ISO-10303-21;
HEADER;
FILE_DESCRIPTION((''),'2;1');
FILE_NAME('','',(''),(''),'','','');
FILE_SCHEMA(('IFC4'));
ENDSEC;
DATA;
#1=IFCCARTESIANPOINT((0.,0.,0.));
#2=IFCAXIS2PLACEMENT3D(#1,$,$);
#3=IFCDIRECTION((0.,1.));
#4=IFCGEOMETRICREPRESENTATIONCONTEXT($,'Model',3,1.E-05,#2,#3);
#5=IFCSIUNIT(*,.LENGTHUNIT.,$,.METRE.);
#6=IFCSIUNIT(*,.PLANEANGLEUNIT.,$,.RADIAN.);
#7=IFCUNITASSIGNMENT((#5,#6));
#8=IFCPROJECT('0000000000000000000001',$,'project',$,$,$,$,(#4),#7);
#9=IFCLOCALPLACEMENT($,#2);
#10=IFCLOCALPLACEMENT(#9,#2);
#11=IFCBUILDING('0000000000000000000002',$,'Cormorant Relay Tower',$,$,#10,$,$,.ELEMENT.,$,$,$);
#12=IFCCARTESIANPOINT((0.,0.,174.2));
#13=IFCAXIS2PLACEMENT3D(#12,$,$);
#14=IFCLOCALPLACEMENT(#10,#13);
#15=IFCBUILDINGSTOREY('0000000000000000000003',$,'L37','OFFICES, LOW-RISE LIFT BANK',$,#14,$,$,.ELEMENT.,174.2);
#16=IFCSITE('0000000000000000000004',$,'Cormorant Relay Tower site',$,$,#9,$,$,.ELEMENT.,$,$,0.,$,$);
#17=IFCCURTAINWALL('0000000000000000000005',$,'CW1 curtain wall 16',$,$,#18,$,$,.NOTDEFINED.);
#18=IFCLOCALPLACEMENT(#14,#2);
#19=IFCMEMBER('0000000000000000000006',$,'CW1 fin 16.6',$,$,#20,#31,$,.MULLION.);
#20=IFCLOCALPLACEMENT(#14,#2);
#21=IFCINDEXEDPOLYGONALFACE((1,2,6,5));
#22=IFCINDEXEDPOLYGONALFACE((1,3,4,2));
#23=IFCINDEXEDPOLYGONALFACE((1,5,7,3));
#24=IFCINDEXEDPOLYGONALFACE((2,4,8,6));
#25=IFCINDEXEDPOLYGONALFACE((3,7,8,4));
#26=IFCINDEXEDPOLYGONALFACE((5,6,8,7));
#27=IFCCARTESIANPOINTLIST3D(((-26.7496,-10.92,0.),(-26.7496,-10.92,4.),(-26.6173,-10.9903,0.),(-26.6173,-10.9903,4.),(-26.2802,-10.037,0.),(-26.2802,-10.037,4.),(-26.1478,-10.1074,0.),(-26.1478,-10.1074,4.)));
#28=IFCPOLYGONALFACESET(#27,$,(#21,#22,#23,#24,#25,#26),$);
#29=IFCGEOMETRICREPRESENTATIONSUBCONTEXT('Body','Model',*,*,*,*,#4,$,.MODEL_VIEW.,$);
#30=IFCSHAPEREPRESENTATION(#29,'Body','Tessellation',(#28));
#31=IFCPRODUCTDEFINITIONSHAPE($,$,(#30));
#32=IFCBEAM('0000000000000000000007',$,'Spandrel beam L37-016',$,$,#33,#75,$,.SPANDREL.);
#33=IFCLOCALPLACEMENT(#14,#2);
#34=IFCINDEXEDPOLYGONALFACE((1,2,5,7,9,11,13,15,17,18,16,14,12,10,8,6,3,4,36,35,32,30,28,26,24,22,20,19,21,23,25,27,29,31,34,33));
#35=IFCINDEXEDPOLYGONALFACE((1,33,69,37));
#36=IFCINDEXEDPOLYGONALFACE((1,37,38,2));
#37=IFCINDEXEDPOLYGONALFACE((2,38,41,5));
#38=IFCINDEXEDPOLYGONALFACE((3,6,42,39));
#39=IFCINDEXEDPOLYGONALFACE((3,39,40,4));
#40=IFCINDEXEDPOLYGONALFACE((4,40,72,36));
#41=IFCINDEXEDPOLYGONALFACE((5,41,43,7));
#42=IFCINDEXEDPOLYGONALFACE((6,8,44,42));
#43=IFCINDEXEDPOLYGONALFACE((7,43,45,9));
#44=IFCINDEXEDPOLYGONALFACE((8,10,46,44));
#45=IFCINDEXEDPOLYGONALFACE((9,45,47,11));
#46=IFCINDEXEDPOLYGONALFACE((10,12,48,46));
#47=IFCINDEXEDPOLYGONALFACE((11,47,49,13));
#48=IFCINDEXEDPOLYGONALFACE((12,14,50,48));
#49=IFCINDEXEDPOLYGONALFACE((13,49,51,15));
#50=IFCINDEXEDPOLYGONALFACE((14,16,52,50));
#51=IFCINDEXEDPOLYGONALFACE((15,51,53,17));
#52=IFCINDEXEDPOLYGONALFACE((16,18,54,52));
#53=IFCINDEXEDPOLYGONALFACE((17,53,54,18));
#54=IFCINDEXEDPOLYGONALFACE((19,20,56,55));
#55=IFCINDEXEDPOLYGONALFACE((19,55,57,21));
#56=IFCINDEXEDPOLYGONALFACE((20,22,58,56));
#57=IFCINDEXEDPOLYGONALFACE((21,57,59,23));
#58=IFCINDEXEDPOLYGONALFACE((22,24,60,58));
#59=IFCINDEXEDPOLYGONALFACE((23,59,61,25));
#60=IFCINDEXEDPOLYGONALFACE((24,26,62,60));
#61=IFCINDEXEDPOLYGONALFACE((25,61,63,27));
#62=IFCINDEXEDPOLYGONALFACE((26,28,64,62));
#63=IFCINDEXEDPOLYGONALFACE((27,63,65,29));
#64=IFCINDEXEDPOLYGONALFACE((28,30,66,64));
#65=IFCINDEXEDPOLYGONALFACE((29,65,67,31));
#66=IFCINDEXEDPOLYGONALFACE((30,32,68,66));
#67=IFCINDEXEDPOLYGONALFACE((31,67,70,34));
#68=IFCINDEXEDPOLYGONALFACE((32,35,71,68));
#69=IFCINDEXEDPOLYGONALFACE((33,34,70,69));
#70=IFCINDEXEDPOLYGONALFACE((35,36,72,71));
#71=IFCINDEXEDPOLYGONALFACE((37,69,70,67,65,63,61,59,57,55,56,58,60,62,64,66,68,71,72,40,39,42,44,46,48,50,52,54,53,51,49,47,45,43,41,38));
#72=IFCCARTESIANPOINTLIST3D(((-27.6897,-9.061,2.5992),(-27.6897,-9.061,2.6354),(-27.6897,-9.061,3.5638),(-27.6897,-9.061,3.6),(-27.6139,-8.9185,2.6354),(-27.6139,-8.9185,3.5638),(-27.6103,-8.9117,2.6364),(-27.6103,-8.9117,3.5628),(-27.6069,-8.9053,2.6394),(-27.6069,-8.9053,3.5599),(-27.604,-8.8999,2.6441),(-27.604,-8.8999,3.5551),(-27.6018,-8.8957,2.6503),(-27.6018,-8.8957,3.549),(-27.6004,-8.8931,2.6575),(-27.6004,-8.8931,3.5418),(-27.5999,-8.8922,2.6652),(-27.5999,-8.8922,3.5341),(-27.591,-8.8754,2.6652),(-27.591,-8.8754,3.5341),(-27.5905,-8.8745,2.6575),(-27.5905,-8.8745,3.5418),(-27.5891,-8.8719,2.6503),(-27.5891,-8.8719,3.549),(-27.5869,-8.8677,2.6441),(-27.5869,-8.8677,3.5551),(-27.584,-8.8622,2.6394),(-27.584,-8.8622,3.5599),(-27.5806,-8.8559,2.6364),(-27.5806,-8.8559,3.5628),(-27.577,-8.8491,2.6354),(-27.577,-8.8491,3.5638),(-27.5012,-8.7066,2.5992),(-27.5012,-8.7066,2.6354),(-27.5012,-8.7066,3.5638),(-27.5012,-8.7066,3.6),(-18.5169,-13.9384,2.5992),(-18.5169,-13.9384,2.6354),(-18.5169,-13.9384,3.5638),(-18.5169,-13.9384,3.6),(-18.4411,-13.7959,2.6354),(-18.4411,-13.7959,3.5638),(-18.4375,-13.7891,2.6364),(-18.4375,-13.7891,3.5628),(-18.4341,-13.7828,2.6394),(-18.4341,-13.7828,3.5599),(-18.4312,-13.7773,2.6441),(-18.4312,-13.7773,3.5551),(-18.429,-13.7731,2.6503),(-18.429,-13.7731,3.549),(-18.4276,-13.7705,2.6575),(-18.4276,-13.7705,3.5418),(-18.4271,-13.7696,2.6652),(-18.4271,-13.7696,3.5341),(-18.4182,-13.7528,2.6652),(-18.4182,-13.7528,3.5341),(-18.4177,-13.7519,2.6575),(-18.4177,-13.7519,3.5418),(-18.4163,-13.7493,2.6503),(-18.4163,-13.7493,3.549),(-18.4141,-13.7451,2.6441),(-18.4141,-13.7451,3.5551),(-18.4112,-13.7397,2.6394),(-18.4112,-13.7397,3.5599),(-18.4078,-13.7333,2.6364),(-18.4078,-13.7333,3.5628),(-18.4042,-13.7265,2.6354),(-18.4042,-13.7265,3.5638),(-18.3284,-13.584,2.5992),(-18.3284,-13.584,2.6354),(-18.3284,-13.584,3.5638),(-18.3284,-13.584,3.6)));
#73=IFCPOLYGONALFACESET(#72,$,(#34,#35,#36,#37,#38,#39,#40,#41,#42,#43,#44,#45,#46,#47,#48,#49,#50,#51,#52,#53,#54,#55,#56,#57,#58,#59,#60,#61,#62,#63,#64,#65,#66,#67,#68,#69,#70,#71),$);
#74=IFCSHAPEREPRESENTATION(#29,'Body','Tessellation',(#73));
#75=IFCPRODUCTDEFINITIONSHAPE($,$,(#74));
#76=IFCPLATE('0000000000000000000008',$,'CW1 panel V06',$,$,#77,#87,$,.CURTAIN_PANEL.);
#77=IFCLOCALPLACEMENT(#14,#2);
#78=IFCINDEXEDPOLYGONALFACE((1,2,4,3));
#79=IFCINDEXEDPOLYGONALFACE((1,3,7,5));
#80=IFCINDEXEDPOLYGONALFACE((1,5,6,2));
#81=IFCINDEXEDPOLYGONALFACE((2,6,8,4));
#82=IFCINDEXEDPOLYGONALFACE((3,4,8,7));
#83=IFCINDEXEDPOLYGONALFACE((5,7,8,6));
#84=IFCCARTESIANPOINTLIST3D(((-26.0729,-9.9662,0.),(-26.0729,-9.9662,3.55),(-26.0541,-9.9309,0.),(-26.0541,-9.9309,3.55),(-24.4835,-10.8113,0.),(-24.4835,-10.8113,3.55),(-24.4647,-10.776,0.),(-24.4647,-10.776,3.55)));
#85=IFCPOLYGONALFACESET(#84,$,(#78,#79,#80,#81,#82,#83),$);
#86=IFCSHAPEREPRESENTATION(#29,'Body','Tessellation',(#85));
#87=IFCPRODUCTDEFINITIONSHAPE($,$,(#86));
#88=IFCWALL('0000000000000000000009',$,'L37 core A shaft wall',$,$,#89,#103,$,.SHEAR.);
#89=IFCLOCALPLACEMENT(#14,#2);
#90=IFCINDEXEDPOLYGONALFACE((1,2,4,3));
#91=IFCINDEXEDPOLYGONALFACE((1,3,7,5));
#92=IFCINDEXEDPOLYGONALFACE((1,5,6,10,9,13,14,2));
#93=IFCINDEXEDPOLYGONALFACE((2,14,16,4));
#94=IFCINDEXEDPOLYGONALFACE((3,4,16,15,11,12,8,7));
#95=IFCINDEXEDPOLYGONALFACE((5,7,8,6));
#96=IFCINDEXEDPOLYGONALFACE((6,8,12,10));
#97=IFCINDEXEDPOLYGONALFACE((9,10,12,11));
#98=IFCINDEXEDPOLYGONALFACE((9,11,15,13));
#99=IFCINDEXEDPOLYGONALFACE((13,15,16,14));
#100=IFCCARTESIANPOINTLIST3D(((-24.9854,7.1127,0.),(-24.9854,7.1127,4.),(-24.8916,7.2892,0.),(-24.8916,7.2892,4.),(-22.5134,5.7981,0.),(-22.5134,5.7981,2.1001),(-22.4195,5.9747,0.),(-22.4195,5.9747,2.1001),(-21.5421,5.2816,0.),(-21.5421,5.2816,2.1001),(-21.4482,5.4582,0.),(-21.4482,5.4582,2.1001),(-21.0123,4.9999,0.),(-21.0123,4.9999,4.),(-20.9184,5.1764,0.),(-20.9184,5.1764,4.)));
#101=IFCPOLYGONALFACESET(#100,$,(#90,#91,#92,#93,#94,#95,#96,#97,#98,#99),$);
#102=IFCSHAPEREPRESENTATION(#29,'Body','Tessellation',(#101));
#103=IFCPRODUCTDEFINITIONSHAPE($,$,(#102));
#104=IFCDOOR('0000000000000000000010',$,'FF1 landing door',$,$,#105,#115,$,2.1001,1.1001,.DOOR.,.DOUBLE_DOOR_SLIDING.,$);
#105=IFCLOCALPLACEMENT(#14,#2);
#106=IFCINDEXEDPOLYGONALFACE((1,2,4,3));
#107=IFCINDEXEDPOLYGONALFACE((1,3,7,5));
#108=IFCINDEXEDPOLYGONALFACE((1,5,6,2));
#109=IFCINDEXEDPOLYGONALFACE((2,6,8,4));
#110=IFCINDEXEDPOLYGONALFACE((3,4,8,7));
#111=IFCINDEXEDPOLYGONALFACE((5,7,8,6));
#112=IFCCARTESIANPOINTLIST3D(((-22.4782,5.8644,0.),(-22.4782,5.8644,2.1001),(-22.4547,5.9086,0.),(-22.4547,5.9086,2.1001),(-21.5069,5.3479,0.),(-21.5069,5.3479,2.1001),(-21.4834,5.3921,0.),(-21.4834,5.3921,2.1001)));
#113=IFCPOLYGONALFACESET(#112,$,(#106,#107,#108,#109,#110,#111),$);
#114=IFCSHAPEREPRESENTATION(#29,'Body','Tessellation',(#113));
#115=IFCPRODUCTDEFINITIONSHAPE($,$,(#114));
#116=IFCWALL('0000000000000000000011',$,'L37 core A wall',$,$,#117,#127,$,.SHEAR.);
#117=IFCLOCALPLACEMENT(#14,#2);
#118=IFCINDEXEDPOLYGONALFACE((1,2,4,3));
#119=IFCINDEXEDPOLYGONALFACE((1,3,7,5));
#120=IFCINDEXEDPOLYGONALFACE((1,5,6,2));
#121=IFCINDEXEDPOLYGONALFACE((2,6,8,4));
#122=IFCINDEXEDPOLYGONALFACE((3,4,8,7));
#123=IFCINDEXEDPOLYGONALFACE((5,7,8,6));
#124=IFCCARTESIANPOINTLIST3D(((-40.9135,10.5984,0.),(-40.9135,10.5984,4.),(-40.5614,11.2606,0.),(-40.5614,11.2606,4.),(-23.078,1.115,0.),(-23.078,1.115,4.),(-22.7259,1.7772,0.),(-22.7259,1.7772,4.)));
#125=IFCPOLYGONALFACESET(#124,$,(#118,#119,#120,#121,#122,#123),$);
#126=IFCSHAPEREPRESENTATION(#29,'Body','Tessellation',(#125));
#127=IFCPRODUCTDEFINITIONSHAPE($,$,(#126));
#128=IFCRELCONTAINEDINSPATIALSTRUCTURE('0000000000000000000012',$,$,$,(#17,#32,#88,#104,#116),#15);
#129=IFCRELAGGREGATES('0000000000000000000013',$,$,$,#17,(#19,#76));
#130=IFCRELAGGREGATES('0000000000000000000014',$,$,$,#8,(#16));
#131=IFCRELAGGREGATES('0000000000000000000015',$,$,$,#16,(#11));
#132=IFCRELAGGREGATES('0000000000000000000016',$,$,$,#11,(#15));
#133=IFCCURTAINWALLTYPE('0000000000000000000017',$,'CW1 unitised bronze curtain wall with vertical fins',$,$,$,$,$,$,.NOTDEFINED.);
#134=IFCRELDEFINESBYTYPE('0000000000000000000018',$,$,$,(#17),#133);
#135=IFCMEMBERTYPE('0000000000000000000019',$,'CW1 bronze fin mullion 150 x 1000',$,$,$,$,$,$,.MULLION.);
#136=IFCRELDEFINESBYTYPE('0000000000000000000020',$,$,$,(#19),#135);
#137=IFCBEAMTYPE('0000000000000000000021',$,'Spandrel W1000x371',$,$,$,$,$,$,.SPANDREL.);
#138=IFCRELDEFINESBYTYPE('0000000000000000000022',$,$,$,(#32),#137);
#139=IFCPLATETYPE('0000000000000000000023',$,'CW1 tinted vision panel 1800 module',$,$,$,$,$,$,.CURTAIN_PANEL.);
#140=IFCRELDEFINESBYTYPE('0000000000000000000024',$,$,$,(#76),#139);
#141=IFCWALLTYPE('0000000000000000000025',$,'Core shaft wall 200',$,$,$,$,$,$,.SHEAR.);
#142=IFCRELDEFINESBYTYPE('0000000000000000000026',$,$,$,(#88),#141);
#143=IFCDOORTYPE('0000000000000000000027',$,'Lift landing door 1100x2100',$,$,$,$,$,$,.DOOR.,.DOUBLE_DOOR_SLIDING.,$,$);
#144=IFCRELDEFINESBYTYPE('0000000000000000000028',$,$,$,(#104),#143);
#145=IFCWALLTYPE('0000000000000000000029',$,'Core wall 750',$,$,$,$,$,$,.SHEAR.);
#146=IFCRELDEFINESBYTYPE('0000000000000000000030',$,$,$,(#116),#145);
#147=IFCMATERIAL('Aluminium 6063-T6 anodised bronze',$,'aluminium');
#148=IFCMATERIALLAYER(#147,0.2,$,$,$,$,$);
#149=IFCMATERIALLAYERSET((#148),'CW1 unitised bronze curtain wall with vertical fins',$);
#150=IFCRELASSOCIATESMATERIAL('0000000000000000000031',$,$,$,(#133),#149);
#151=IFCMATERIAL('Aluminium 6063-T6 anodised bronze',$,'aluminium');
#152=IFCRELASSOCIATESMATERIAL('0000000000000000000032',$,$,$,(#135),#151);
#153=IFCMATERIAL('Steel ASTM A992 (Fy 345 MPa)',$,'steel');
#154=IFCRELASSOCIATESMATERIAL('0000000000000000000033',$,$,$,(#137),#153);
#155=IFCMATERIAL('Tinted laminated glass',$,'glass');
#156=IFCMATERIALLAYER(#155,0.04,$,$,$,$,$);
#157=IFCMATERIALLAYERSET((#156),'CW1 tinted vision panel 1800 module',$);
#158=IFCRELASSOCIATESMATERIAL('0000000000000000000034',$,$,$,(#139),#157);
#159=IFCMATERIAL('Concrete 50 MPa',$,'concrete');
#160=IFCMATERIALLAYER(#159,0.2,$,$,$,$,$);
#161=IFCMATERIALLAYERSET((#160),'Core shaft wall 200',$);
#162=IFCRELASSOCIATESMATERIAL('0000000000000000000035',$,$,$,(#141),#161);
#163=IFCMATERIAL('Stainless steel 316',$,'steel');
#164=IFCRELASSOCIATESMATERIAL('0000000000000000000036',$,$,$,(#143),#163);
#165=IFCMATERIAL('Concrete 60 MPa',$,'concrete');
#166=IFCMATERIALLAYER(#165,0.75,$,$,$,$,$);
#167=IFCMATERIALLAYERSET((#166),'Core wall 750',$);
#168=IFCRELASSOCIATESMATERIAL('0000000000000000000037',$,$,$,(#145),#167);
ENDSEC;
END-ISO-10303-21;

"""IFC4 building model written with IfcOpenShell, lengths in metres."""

from ifc_helpers import new_model, si_unit, direction, frame, frame_2d, origin, origin_2d, place, context, subcontext, project, spatial, rectangle, i_section, extrude, material, layer, layer_set, material_profile, profile_set, type_object, element, fill, aggregate, save


model = new_model("IFC4")

# Units and contexts
model_context = context("Model", 3, precision=1e-05, world=origin(), true_north=direction((0.0, 1.0)))
body_context = subcontext(model_context, "Body", "Model", "MODEL_VIEW")
ifc_project = project(units=[si_unit("LENGTHUNIT", "METRE"), si_unit("PLANEANGLEUNIT", "RADIAN")], contexts=[model_context])

# Site, building, storey
site_placement = place(None, origin())
site = spatial("IfcSite", under=ifc_project, at=site_placement, Name="Cormorant Relay Tower site", CompositionType="ELEMENT", RefElevation=0.0)
building_placement = place(site_placement, origin())
building = spatial("IfcBuilding", under=site, at=building_placement, Name="Cormorant Relay Tower", CompositionType="ELEMENT")
storey_placement = place(building_placement, frame((0.0, 0.0, 174.2)))
storey = spatial("IfcBuildingStorey", under=building, at=storey_placement, Name="L37", Description="OFFICES, LOW-RISE LIFT BANK", CompositionType="ELEMENT", Elevation=174.2)

# Curtain wall, member
ifc_material_1 = material(Name="Aluminium 6063-T6 anodised bronze", Category="aluminium")
ifc_layer_1 = layer(ifc_material_1, 0.2)
ifc_layer_set_1 = layer_set([ifc_layer_1], Name="CW1 unitised bronze curtain wall with vertical fins")
curtain_wall_type = type_object("IfcCurtainWallType", Name="CW1 unitised bronze curtain wall with vertical fins", PredefinedType="NOTDEFINED", material=ifc_layer_set_1)
curtain_wall_placement = place(storey_placement, origin())
curtain_wall = element("IfcCurtainWall", 1, at=curtain_wall_placement, inside=storey, type_object=curtain_wall_type, Name="CW1 curtain wall 16", PredefinedType="NOTDEFINED")
ifc_material_2 = material(Name="Aluminium 6063-T6 anodised bronze", Category="aluminium")
ifc_material_profile_1 = material_profile(ifc_material_2, rectangle(XDim=0.1499, YDim=1.0, at=origin_2d()), Name="AL 150x1000")
ifc_profile_set_1 = profile_set([ifc_material_profile_1], Name="Aluminium 6063-T6 anodised bronze")
member_type = type_object("IfcMemberType", Name="CW1 bronze fin mullion 150 x 1000", PredefinedType="MULLION", material=ifc_profile_set_1)
member_placement = place(storey_placement, frame((-26.4487, -10.5137, 0.0), z_axis=(0.0, 0.0, 1.0), x_axis=(0.882948, -0.469472, 0.0)))
member = element("IfcMember", 2, at=member_placement, type_object=member_type, Name="CW1 fin 16.6", PredefinedType="MULLION", context=body_context, shape_type="SweptSolid", body=[
    extrude(rectangle(XDim=0.1499, YDim=1.0, at=origin_2d()), origin(), (0.0, 0.0, 1.0), 4.0),
])

# Beam
ifc_material_3 = material(Name="Steel ASTM A992 (Fy 345 MPa)", Category="steel")
ifc_material_profile_2 = material_profile(ifc_material_3, i_section(OverallWidth=0.4014, OverallDepth=1.0007, WebThickness=0.019, FlangeThickness=0.0361, FilletRadius=0.0298, at=origin_2d()), Name="W1000x371")
ifc_profile_set_2 = profile_set([ifc_material_profile_2], Name="Steel ASTM A992 (Fy 345 MPa)")
beam_type = type_object("IfcBeamType", Name="Spandrel W1000x371", PredefinedType="SPANDREL", material=ifc_profile_set_2)
beam_placement = place(storey_placement, frame((-27.5955, -8.8838, 3.0996), z_axis=(0.882942, -0.469483, 0.0), x_axis=(0.469483, 0.882942, 0.0)))
element("IfcBeam", 3, at=beam_placement, inside=storey, type_object=beam_type, Name="Spandrel beam L37-016", PredefinedType="SPANDREL", context=body_context, shape_type="SweptSolid", body=[
    extrude(i_section(OverallWidth=0.4014, OverallDepth=1.0007, WebThickness=0.019, FlangeThickness=0.0361, FilletRadius=0.0298, at=origin_2d()), origin(), (0.0, 0.0, 1.0), 10.3889),
])

# Plate
ifc_material_4 = material(Name="Tinted laminated glass", Category="glass")
ifc_layer_2 = layer(ifc_material_4, 0.04)
ifc_layer_set_2 = layer_set([ifc_layer_2], Name="CW1 tinted vision panel 1800 module")
plate_type = type_object("IfcPlateType", Name="CW1 tinted vision panel 1800 module", PredefinedType="CURTAIN_PANEL", material=ifc_layer_set_2)
plate_placement = place(storey_placement, frame((-25.2688, -10.3711, 0.0), z_axis=(0.0, 0.0, 1.0), x_axis=(0.882948, -0.469472, 0.0)))
plate = element("IfcPlate", 4, at=plate_placement, type_object=plate_type, Name="CW1 panel V06", PredefinedType="CURTAIN_PANEL", context=body_context, shape_type="SweptSolid", body=[
    extrude(rectangle(XDim=1.8, YDim=0.04, at=origin_2d()), origin(), (0.0, 0.0, 1.0), 3.55),
])

# Wall, opening, door
ifc_material_5 = material(Name="Concrete 50 MPa", Category="concrete")
ifc_layer_3 = layer(ifc_material_5, 0.2)
ifc_layer_set_3 = layer_set([ifc_layer_3], Name="Core shaft wall 200")
wall_type_1 = type_object("IfcWallType", Name="Core shaft wall 200", PredefinedType="SHEAR", material=ifc_layer_set_3)
wall_1_placement = place(storey_placement, frame((-20.9653, 5.0881, 0.0), z_axis=(0.0, 0.0, 1.0), x_axis=(-0.882926, 0.469512, 0.0)))
wall_1 = element("IfcWall", 5, at=wall_1_placement, inside=storey, type_object=wall_type_1, Name="L37 core A shaft wall", PredefinedType="SHEAR", context=body_context, shape_type="SweptSolid", body=[
    extrude(rectangle(XDim=4.5, YDim=0.2, at=frame_2d((2.25, 0.0))), origin(), (0.0, 0.0, 1.0), 4.0),
])
opening_1_placement = place(wall_1_placement, frame((0.6001, 0.0, 0.0)))
opening_1 = element("IfcOpeningElement", 6, at=opening_1_placement, cuts=wall_1, PredefinedType="OPENING", context=body_context, shape_type="SweptSolid", body=[
    extrude(rectangle(XDim=1.1001, YDim=2.1001, at=frame_2d((0.55, 1.05))), frame((0.0, 0.1099, 0.0), z_axis=(0.0, -1.0, 0.0), x_axis=(1.0, 0.0, 0.0)), (0.0, 0.0, 1.0), 0.22),
])
ifc_material_6 = material(Name="Stainless steel 316", Category="steel")
door_type_1 = type_object("IfcDoorType", Name="Lift landing door 1100x2100", OperationType="DOUBLE_DOOR_SLIDING", PredefinedType="DOOR", material=ifc_material_6)
door_1_placement = place(opening_1_placement, origin())
door_1 = element("IfcDoor", 7, at=door_1_placement, inside=storey, type_object=door_type_1, Name="FF1 landing door", OperationType="DOUBLE_DOOR_SLIDING", OverallHeight=2.1001, OverallWidth=1.1001, PredefinedType="DOOR", context=body_context, shape_type="SweptSolid", body=[
    extrude(rectangle(XDim=1.1001, YDim=2.1001, at=frame_2d((0.55, 1.05))), frame((0.0, 0.0249, 0.0), z_axis=(0.0, -1.0, 0.0), x_axis=(1.0, 0.0, 0.0)), (0.0, 0.0, 1.0), 0.05),
])
fill(opening_1, door_1)

# Wall
ifc_material_7 = material(Name="Concrete 60 MPa", Category="concrete")
ifc_layer_4 = layer(ifc_material_7, 0.75)
ifc_layer_set_4 = layer_set([ifc_layer_4], Name="Core wall 750")
wall_type_2 = type_object("IfcWallType", Name="Core wall 750", PredefinedType="SHEAR", material=ifc_layer_set_4)
wall_2_placement = place(storey_placement, frame((-22.9019, 1.446, 0.0), z_axis=(0.0, 0.0, 1.0), x_axis=(-0.882945, 0.469476, 0.0)))
element("IfcWall", 8, at=wall_2_placement, inside=storey, type_object=wall_type_2, Name="L37 core A wall", PredefinedType="SHEAR", context=body_context, shape_type="SweptSolid", body=[
    extrude(rectangle(XDim=20.2, YDim=0.75, at=frame_2d((10.1001, 0.0))), origin(), (0.0, 0.0, 1.0), 4.0),
])

aggregate(curtain_wall, [member, plate])

save(model, "model.ifc")
